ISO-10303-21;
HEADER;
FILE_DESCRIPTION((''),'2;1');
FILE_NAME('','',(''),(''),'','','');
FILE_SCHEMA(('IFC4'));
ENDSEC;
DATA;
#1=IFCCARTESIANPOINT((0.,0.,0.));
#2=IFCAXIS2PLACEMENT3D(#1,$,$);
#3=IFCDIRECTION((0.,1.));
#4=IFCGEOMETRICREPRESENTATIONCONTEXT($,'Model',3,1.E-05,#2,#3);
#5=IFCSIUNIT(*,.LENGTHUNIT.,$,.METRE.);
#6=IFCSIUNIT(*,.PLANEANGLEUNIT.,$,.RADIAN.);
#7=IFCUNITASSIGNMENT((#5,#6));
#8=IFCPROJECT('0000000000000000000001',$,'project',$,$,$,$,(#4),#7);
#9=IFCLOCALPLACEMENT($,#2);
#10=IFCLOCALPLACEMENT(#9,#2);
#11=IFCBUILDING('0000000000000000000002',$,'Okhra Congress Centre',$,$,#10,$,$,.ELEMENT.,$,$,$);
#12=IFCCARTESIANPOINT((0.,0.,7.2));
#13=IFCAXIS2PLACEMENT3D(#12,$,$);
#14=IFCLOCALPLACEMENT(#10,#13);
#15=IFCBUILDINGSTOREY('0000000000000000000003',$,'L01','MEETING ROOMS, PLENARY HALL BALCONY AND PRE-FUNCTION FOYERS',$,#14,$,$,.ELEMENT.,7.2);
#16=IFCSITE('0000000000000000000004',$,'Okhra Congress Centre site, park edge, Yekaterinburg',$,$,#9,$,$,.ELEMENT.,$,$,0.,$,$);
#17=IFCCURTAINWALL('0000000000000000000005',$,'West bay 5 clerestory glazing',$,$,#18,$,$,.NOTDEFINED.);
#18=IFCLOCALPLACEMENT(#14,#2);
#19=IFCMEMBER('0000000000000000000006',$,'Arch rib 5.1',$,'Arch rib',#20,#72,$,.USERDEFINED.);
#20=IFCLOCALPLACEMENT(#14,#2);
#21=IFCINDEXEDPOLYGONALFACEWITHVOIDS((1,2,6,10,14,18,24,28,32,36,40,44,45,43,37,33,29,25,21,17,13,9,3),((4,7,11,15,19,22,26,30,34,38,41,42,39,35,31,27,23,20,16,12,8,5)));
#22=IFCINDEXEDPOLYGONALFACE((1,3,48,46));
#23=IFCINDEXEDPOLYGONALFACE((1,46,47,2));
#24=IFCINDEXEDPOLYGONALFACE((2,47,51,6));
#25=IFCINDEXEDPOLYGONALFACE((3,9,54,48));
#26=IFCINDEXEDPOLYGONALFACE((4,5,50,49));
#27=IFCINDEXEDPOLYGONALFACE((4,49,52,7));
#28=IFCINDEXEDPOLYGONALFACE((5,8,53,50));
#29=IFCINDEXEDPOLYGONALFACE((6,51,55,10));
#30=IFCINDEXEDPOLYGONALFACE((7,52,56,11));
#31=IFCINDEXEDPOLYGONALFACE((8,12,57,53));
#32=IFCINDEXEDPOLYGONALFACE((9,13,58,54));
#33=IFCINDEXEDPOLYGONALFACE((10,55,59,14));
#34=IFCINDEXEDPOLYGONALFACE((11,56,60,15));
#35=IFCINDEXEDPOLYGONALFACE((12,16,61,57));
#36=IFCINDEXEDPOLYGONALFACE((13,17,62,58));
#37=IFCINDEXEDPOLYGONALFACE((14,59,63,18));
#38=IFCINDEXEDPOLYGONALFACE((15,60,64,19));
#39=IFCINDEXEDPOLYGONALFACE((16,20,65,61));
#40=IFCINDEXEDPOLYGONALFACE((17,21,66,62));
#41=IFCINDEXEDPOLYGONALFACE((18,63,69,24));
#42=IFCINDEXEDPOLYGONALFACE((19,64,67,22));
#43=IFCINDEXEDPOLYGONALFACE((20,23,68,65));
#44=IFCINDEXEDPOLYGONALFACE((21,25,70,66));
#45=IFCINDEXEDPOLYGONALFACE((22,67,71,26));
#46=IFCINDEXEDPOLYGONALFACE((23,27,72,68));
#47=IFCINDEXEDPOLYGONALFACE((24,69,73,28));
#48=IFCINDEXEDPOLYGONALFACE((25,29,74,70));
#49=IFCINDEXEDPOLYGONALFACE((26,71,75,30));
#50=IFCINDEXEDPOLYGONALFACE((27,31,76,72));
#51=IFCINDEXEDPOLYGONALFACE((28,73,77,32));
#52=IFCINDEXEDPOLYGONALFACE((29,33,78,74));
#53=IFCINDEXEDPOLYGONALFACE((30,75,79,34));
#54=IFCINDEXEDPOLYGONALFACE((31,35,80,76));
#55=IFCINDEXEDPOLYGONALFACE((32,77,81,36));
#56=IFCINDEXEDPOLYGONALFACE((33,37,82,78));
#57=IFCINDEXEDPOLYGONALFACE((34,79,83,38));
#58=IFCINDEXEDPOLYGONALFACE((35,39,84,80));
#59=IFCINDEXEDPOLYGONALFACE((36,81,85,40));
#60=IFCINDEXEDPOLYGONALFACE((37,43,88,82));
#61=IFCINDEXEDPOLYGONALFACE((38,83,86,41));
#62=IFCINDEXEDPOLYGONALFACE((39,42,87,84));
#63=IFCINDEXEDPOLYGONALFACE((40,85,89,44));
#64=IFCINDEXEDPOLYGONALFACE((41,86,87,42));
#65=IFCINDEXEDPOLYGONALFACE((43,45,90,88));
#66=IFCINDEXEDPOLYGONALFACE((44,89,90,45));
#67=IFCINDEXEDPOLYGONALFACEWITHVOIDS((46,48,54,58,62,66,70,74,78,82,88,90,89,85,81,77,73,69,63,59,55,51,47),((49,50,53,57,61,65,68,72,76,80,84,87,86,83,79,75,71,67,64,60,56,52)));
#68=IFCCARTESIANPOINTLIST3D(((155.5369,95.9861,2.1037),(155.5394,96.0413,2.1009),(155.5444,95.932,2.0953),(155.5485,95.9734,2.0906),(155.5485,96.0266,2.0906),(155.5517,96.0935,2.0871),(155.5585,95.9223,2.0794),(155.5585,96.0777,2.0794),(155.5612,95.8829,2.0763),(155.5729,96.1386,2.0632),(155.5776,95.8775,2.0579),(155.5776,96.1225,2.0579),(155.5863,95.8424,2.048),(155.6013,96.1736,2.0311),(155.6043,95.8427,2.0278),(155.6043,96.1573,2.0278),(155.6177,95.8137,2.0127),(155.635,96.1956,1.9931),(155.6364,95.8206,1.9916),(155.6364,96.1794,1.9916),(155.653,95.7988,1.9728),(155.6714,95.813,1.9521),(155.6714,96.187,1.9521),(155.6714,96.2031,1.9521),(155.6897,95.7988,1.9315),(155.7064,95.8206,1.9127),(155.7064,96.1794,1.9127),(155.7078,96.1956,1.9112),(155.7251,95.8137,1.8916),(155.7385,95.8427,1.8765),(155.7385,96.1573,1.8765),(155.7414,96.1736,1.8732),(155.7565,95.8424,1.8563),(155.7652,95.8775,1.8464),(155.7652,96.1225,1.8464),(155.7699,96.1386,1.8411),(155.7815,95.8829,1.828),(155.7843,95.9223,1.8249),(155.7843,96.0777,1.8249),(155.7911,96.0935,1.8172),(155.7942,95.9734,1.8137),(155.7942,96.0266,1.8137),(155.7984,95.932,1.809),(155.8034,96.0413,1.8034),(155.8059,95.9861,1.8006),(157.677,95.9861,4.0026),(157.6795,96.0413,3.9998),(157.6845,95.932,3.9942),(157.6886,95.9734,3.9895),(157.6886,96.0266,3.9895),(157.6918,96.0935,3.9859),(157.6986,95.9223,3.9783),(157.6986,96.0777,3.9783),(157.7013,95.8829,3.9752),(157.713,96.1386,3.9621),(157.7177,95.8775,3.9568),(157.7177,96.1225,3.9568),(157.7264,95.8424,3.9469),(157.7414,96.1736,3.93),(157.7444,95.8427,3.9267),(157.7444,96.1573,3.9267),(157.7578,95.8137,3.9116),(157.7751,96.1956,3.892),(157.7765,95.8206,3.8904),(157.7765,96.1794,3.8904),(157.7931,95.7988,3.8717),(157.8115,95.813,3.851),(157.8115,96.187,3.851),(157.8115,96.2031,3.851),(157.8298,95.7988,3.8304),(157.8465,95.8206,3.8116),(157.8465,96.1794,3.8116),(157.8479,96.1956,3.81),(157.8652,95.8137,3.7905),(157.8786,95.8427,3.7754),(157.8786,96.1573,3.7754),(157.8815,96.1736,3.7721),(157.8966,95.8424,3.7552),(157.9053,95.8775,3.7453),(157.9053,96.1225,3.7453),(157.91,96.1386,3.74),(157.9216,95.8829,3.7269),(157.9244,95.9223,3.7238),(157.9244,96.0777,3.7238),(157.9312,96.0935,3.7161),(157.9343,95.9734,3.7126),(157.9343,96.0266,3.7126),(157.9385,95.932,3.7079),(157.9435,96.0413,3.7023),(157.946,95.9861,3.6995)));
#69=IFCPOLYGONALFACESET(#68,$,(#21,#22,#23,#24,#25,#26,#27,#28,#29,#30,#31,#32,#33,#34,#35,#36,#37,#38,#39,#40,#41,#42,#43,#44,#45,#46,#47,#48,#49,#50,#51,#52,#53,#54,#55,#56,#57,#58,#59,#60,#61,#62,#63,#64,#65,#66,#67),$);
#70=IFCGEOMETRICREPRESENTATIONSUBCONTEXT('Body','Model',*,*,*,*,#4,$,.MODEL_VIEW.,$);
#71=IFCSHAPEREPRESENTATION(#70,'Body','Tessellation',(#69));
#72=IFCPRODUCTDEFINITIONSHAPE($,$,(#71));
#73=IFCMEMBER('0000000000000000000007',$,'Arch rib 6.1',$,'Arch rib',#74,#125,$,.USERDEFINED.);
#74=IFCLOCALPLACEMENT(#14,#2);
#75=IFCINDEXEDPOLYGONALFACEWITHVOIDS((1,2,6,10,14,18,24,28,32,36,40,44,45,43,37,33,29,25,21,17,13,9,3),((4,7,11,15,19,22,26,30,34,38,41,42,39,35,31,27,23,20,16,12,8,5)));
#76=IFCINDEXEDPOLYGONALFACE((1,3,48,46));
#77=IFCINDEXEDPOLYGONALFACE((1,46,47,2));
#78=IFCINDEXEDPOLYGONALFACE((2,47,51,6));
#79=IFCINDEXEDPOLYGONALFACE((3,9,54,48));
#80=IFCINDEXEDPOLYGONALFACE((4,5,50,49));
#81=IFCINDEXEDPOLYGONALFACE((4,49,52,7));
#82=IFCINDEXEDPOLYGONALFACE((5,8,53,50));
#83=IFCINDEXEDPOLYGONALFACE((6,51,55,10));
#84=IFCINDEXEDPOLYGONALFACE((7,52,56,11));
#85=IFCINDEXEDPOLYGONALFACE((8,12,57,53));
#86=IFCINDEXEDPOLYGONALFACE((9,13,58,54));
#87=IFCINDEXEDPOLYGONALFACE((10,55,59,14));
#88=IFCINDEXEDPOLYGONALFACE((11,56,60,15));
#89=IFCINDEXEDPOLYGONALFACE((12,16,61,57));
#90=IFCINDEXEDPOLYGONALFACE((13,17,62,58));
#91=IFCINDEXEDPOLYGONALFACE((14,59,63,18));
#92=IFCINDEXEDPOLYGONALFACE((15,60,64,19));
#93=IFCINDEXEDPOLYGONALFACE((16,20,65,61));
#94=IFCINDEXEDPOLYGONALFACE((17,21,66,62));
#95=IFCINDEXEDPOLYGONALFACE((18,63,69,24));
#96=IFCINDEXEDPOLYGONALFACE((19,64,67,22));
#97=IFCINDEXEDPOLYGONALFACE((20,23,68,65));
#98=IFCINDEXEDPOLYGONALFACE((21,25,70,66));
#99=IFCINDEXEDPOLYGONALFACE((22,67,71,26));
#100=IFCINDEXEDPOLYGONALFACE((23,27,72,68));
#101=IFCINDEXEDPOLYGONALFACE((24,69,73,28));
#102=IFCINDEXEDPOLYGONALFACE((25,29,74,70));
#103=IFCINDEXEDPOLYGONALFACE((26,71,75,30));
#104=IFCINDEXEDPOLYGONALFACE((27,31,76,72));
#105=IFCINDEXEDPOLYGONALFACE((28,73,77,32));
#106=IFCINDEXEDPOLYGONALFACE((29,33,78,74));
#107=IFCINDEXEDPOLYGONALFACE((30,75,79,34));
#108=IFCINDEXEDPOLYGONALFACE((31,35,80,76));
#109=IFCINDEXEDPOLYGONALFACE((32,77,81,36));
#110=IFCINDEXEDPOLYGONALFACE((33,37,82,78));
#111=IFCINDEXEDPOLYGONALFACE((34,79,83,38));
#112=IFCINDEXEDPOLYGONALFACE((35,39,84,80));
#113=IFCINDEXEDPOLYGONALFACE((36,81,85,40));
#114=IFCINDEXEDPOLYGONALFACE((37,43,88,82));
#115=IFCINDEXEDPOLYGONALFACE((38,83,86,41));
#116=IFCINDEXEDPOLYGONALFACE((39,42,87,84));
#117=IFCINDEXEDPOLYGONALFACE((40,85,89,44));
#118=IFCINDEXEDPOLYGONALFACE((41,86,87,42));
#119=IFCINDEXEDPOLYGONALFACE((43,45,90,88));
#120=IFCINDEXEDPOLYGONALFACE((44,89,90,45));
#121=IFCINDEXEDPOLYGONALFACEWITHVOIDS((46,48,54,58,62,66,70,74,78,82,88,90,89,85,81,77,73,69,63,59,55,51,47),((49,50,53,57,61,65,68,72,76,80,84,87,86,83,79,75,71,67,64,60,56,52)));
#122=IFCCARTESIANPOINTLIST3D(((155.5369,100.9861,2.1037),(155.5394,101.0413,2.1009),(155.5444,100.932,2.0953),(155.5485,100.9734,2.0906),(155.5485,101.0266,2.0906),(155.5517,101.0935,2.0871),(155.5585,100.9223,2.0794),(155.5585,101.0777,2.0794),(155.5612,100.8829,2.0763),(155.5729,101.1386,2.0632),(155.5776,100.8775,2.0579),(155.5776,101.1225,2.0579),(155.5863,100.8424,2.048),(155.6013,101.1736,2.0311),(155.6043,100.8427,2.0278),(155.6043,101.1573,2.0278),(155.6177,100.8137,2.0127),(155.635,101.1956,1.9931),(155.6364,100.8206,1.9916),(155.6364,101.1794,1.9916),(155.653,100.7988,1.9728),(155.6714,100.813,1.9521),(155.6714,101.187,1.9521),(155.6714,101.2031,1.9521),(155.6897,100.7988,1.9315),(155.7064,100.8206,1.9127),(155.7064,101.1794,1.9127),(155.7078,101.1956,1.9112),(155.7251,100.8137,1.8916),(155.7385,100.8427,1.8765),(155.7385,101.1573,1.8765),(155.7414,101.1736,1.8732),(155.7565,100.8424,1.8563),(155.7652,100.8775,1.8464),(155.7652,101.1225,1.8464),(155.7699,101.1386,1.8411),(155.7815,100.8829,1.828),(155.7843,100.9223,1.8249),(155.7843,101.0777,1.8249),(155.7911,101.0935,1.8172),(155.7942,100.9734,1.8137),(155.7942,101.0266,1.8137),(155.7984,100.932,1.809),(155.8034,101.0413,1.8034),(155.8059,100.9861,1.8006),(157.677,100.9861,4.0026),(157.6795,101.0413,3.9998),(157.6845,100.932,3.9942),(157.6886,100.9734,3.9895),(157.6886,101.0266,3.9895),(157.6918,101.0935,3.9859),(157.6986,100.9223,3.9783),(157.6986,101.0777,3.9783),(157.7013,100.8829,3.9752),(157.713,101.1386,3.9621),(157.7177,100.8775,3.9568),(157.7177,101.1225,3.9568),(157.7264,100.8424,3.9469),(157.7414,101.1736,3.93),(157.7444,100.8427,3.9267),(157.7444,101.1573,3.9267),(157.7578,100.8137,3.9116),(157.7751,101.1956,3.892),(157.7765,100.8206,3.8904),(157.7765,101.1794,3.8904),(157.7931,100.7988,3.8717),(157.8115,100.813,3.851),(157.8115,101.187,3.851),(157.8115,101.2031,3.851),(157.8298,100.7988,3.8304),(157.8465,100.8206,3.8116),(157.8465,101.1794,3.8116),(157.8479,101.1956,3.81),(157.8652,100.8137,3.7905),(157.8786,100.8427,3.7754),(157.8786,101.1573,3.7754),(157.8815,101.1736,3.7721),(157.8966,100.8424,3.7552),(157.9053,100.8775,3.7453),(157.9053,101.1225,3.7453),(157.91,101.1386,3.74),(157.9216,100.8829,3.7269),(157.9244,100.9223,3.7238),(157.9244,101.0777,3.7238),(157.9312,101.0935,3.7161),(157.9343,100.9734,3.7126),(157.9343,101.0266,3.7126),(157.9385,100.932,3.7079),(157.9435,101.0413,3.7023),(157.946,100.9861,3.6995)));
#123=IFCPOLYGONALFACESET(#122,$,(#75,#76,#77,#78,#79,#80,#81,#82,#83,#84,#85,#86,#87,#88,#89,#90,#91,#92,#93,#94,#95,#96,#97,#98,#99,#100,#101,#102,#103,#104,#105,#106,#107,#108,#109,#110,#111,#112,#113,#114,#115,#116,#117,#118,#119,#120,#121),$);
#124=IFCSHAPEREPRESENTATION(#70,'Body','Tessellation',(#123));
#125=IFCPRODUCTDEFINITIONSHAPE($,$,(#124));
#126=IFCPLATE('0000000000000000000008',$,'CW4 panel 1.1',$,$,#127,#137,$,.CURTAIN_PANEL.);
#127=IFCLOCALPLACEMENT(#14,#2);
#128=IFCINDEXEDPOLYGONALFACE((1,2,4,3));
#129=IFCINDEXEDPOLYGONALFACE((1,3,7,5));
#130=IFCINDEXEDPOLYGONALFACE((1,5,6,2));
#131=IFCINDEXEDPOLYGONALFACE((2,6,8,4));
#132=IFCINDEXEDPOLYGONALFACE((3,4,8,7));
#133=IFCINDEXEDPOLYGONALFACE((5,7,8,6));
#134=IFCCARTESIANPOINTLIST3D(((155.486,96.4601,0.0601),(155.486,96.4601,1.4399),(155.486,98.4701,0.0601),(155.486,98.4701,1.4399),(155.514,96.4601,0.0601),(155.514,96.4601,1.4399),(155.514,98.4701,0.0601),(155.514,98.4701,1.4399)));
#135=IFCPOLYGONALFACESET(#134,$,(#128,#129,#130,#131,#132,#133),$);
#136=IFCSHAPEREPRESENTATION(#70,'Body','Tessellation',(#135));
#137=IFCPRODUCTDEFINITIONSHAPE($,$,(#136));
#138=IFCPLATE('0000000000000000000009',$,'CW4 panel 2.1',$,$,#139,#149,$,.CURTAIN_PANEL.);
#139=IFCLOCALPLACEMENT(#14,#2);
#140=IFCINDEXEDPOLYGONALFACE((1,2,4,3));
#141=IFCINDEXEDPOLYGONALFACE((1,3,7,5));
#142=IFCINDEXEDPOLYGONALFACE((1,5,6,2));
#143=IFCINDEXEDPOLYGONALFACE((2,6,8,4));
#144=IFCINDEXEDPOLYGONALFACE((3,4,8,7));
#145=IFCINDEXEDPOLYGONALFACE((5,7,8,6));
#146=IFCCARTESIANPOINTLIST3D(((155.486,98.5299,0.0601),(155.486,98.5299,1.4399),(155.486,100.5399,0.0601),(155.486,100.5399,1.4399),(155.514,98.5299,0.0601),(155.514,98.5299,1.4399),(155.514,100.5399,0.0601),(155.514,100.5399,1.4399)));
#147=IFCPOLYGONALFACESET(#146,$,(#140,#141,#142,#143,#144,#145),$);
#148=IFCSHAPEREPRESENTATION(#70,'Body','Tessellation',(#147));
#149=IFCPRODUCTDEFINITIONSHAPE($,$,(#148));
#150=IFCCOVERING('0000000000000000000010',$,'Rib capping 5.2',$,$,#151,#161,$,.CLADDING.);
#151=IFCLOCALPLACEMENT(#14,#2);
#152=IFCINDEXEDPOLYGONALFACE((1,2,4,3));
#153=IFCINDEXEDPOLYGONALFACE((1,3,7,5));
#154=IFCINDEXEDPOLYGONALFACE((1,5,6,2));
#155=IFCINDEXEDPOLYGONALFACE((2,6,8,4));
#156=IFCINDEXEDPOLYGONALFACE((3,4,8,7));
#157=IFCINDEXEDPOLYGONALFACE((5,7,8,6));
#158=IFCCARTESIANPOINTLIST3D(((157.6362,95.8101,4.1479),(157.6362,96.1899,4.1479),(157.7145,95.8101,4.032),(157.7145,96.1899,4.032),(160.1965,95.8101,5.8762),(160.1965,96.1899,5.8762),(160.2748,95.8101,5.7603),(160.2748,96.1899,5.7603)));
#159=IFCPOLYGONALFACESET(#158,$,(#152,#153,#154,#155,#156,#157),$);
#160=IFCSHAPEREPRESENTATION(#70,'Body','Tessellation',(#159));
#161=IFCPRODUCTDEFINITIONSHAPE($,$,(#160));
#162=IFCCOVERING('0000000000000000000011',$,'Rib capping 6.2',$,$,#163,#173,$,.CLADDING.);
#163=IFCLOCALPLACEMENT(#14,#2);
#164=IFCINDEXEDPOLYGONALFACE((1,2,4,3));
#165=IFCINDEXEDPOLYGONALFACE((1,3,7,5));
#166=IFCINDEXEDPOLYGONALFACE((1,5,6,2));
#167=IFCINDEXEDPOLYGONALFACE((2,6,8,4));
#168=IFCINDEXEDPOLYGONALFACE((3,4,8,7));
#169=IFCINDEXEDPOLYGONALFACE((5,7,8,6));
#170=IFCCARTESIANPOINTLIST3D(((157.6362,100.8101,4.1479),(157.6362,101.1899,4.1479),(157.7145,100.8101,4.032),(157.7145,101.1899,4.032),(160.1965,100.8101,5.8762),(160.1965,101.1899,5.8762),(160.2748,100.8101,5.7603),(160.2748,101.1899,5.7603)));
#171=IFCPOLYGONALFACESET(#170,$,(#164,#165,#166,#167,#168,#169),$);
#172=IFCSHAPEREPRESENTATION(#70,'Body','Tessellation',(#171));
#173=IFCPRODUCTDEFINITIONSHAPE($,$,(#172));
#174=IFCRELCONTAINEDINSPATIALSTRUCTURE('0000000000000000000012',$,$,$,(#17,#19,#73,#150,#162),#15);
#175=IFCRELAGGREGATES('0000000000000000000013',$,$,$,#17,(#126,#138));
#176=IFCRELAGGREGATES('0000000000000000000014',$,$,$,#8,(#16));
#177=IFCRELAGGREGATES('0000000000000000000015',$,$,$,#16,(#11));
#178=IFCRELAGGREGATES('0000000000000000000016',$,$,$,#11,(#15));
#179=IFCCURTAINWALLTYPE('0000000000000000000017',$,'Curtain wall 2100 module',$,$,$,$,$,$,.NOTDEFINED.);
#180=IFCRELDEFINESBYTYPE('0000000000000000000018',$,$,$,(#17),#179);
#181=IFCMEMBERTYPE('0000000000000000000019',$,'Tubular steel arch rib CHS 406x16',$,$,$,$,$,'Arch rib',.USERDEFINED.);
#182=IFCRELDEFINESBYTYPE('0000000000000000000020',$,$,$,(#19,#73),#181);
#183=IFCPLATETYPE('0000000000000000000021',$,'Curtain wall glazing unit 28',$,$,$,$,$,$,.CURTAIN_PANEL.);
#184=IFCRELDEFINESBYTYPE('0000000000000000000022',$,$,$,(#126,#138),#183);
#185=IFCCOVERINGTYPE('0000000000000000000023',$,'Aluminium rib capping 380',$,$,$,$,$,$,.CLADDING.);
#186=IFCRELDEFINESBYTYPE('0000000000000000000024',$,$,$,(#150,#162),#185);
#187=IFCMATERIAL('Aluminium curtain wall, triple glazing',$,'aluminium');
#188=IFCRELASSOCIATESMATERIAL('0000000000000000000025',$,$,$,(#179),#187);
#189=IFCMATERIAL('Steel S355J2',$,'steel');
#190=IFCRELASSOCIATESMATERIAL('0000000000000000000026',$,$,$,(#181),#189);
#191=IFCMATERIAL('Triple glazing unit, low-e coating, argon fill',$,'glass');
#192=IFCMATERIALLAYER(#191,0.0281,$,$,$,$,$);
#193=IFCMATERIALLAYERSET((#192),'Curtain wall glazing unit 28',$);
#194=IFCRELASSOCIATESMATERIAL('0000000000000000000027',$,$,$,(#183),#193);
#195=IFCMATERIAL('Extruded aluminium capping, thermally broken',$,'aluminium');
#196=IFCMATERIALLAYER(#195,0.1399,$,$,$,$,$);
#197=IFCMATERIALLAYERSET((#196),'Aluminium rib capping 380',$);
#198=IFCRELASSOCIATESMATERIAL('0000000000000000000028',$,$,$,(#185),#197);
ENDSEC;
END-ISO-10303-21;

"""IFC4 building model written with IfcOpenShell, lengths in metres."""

from ifc_helpers import new_model, si_unit, direction, frame, origin, origin_2d, place, context, subcontext, project, spatial, polyline, rectangle, hollow_circle, outline, extrude, material, layer, layer_set, material_profile, profile_set, type_object, element, aggregate, save


model = new_model("IFC4")

# Units and contexts
model_context = context("Model", 3, precision=1e-05, world=origin(), true_north=direction((0.0, 1.0)))
body_context = subcontext(model_context, "Body", "Model", "MODEL_VIEW")
ifc_project = project(units=[si_unit("LENGTHUNIT", "METRE"), si_unit("PLANEANGLEUNIT", "RADIAN")], contexts=[model_context])

# Site, building, storey
site_placement = place(None, origin())
site = spatial("IfcSite", under=ifc_project, at=site_placement, Name="Okhra Congress Centre site, park edge, Yekaterinburg", CompositionType="ELEMENT", RefElevation=0.0)
building_placement = place(site_placement, origin())
building = spatial("IfcBuilding", under=site, at=building_placement, Name="Okhra Congress Centre", CompositionType="ELEMENT")
storey_placement = place(building_placement, frame((0.0, 0.0, 7.2)))
storey = spatial("IfcBuildingStorey", under=building, at=storey_placement, Name="L01", Description="MEETING ROOMS, PLENARY HALL BALCONY AND PRE-FUNCTION FOYERS", CompositionType="ELEMENT", Elevation=7.2)

# Curtain wall
ifc_material_1 = material(Name="Aluminium curtain wall, triple glazing", Category="aluminium")
curtain_wall_type = type_object("IfcCurtainWallType", Name="Curtain wall 2100 module", PredefinedType="NOTDEFINED", material=ifc_material_1)
curtain_wall_placement = place(storey_placement, origin())
curtain_wall = element("IfcCurtainWall", 1, at=curtain_wall_placement, inside=storey, type_object=curtain_wall_type, Name="West bay 5 clerestory glazing", PredefinedType="NOTDEFINED")

# Shared definitions
ifc_material_2 = material(Name="Steel S355J2", Category="steel")

# Members
ifc_material_profile_1 = material_profile(ifc_material_2, hollow_circle(Radius=0.2031, WallThickness=0.0161, at=origin_2d()), Name="CHS 406.4x16")
ifc_profile_set_1 = profile_set([ifc_material_profile_1], Name="Steel S355J2")
member_type_1 = type_object("IfcMemberType", Name="Tubular steel arch rib CHS 406x16", ElementType="Arch rib", PredefinedType="USERDEFINED", material=ifc_profile_set_1)
for number, where, z_axis, x_axis, name in (
    (2, (155.6714, 96.0, 1.9521), (0.748002, 0.0, 0.663696), (0.0, 1.0, 0.0), "Arch rib 5.1"),
    (3, (155.6714, 101.0, 1.9521), (0.748002, 0.0, 0.663696), (0.0, 1.0, 0.0), "Arch rib 6.1"),
):
    element("IfcMember", number, at=place(storey_placement, frame(where, z_axis=z_axis, x_axis=x_axis)), inside=storey, type_object=member_type_1, Name=name, ObjectType="Arch rib", PredefinedType="USERDEFINED", context=body_context, shape_type="SweptSolid", body=[
        extrude(hollow_circle(Radius=0.2031, WallThickness=0.0161, at=origin_2d()), origin(), (0.0, 0.0, 1.0), 2.8611),
    ])

# Plates
ifc_material_3 = material(Name="Triple glazing unit, low-e coating, argon fill", Category="glass")
ifc_layer_1 = layer(ifc_material_3, 0.0281)
ifc_layer_set_1 = layer_set([ifc_layer_1], Name="Curtain wall glazing unit 28")
plate_type = type_object("IfcPlateType", Name="Curtain wall glazing unit 28", PredefinedType="CURTAIN_PANEL", material=ifc_layer_set_1)
plate_1_placement = place(storey_placement, frame((155.5, 97.4651, 0.0601), z_axis=(0.0, 0.0, 1.0), x_axis=(0.0, 1.0, 0.0)))
plate_1 = element("IfcPlate", 4, at=plate_1_placement, type_object=plate_type, Name="CW4 panel 1.1", PredefinedType="CURTAIN_PANEL", context=body_context, shape_type="SweptSolid", body=[
    extrude(rectangle(XDim=2.01, YDim=0.0281, at=origin_2d()), origin(), (0.0, 0.0, 1.0), 1.3799),
])
plate_2_placement = place(storey_placement, frame((155.5, 99.5349, 0.0601), z_axis=(0.0, 0.0, 1.0), x_axis=(0.0, 1.0, 0.0)))
plate_2 = element("IfcPlate", 5, at=plate_2_placement, type_object=plate_type, Name="CW4 panel 2.1", PredefinedType="CURTAIN_PANEL", context=body_context, shape_type="SweptSolid", body=[
    extrude(rectangle(XDim=2.01, YDim=0.0281, at=origin_2d()), origin(), (0.0, 0.0, 1.0), 1.3799),
])
aggregate(curtain_wall, [plate_1, plate_2])

# Coverings
ifc_material_4 = material(Name="Extruded aluminium capping, thermally broken", Category="aluminium")
ifc_layer_2 = layer(ifc_material_4, 0.1399)
ifc_layer_set_2 = layer_set([ifc_layer_2], Name="Aluminium rib capping 380")
covering_type = type_object("IfcCoveringType", Name="Aluminium rib capping 380", PredefinedType="CLADDING", material=ifc_layer_set_2)
for number, where, z_axis, x_axis, name in (
    (6, (157.6362, 95.8101, 4.1479), (-0.559488, 0.0, 0.828839), (0.828839, 0.0, 0.559488), "Rib capping 5.2"),
    (7, (157.6362, 100.8101, 4.1479), (-0.559488, 0.0, 0.828839), (0.828839, 0.0, 0.559488), "Rib capping 6.2"),
):
    element("IfcCovering", number, at=place(storey_placement, frame(where, z_axis=z_axis, x_axis=x_axis)), inside=storey, type_object=covering_type, Name=name, PredefinedType="CLADDING", context=body_context, shape_type="SweptSolid", body=[
        extrude(outline(polyline([(0.0, 0.0), (3.089, 0.0), (3.089, 0.3799), (0.0, 0.3799), (0.0, 0.0)])), origin(), (0.0, 0.0, -1.0), 0.1399),
    ])

save(model, "model.ifc")
